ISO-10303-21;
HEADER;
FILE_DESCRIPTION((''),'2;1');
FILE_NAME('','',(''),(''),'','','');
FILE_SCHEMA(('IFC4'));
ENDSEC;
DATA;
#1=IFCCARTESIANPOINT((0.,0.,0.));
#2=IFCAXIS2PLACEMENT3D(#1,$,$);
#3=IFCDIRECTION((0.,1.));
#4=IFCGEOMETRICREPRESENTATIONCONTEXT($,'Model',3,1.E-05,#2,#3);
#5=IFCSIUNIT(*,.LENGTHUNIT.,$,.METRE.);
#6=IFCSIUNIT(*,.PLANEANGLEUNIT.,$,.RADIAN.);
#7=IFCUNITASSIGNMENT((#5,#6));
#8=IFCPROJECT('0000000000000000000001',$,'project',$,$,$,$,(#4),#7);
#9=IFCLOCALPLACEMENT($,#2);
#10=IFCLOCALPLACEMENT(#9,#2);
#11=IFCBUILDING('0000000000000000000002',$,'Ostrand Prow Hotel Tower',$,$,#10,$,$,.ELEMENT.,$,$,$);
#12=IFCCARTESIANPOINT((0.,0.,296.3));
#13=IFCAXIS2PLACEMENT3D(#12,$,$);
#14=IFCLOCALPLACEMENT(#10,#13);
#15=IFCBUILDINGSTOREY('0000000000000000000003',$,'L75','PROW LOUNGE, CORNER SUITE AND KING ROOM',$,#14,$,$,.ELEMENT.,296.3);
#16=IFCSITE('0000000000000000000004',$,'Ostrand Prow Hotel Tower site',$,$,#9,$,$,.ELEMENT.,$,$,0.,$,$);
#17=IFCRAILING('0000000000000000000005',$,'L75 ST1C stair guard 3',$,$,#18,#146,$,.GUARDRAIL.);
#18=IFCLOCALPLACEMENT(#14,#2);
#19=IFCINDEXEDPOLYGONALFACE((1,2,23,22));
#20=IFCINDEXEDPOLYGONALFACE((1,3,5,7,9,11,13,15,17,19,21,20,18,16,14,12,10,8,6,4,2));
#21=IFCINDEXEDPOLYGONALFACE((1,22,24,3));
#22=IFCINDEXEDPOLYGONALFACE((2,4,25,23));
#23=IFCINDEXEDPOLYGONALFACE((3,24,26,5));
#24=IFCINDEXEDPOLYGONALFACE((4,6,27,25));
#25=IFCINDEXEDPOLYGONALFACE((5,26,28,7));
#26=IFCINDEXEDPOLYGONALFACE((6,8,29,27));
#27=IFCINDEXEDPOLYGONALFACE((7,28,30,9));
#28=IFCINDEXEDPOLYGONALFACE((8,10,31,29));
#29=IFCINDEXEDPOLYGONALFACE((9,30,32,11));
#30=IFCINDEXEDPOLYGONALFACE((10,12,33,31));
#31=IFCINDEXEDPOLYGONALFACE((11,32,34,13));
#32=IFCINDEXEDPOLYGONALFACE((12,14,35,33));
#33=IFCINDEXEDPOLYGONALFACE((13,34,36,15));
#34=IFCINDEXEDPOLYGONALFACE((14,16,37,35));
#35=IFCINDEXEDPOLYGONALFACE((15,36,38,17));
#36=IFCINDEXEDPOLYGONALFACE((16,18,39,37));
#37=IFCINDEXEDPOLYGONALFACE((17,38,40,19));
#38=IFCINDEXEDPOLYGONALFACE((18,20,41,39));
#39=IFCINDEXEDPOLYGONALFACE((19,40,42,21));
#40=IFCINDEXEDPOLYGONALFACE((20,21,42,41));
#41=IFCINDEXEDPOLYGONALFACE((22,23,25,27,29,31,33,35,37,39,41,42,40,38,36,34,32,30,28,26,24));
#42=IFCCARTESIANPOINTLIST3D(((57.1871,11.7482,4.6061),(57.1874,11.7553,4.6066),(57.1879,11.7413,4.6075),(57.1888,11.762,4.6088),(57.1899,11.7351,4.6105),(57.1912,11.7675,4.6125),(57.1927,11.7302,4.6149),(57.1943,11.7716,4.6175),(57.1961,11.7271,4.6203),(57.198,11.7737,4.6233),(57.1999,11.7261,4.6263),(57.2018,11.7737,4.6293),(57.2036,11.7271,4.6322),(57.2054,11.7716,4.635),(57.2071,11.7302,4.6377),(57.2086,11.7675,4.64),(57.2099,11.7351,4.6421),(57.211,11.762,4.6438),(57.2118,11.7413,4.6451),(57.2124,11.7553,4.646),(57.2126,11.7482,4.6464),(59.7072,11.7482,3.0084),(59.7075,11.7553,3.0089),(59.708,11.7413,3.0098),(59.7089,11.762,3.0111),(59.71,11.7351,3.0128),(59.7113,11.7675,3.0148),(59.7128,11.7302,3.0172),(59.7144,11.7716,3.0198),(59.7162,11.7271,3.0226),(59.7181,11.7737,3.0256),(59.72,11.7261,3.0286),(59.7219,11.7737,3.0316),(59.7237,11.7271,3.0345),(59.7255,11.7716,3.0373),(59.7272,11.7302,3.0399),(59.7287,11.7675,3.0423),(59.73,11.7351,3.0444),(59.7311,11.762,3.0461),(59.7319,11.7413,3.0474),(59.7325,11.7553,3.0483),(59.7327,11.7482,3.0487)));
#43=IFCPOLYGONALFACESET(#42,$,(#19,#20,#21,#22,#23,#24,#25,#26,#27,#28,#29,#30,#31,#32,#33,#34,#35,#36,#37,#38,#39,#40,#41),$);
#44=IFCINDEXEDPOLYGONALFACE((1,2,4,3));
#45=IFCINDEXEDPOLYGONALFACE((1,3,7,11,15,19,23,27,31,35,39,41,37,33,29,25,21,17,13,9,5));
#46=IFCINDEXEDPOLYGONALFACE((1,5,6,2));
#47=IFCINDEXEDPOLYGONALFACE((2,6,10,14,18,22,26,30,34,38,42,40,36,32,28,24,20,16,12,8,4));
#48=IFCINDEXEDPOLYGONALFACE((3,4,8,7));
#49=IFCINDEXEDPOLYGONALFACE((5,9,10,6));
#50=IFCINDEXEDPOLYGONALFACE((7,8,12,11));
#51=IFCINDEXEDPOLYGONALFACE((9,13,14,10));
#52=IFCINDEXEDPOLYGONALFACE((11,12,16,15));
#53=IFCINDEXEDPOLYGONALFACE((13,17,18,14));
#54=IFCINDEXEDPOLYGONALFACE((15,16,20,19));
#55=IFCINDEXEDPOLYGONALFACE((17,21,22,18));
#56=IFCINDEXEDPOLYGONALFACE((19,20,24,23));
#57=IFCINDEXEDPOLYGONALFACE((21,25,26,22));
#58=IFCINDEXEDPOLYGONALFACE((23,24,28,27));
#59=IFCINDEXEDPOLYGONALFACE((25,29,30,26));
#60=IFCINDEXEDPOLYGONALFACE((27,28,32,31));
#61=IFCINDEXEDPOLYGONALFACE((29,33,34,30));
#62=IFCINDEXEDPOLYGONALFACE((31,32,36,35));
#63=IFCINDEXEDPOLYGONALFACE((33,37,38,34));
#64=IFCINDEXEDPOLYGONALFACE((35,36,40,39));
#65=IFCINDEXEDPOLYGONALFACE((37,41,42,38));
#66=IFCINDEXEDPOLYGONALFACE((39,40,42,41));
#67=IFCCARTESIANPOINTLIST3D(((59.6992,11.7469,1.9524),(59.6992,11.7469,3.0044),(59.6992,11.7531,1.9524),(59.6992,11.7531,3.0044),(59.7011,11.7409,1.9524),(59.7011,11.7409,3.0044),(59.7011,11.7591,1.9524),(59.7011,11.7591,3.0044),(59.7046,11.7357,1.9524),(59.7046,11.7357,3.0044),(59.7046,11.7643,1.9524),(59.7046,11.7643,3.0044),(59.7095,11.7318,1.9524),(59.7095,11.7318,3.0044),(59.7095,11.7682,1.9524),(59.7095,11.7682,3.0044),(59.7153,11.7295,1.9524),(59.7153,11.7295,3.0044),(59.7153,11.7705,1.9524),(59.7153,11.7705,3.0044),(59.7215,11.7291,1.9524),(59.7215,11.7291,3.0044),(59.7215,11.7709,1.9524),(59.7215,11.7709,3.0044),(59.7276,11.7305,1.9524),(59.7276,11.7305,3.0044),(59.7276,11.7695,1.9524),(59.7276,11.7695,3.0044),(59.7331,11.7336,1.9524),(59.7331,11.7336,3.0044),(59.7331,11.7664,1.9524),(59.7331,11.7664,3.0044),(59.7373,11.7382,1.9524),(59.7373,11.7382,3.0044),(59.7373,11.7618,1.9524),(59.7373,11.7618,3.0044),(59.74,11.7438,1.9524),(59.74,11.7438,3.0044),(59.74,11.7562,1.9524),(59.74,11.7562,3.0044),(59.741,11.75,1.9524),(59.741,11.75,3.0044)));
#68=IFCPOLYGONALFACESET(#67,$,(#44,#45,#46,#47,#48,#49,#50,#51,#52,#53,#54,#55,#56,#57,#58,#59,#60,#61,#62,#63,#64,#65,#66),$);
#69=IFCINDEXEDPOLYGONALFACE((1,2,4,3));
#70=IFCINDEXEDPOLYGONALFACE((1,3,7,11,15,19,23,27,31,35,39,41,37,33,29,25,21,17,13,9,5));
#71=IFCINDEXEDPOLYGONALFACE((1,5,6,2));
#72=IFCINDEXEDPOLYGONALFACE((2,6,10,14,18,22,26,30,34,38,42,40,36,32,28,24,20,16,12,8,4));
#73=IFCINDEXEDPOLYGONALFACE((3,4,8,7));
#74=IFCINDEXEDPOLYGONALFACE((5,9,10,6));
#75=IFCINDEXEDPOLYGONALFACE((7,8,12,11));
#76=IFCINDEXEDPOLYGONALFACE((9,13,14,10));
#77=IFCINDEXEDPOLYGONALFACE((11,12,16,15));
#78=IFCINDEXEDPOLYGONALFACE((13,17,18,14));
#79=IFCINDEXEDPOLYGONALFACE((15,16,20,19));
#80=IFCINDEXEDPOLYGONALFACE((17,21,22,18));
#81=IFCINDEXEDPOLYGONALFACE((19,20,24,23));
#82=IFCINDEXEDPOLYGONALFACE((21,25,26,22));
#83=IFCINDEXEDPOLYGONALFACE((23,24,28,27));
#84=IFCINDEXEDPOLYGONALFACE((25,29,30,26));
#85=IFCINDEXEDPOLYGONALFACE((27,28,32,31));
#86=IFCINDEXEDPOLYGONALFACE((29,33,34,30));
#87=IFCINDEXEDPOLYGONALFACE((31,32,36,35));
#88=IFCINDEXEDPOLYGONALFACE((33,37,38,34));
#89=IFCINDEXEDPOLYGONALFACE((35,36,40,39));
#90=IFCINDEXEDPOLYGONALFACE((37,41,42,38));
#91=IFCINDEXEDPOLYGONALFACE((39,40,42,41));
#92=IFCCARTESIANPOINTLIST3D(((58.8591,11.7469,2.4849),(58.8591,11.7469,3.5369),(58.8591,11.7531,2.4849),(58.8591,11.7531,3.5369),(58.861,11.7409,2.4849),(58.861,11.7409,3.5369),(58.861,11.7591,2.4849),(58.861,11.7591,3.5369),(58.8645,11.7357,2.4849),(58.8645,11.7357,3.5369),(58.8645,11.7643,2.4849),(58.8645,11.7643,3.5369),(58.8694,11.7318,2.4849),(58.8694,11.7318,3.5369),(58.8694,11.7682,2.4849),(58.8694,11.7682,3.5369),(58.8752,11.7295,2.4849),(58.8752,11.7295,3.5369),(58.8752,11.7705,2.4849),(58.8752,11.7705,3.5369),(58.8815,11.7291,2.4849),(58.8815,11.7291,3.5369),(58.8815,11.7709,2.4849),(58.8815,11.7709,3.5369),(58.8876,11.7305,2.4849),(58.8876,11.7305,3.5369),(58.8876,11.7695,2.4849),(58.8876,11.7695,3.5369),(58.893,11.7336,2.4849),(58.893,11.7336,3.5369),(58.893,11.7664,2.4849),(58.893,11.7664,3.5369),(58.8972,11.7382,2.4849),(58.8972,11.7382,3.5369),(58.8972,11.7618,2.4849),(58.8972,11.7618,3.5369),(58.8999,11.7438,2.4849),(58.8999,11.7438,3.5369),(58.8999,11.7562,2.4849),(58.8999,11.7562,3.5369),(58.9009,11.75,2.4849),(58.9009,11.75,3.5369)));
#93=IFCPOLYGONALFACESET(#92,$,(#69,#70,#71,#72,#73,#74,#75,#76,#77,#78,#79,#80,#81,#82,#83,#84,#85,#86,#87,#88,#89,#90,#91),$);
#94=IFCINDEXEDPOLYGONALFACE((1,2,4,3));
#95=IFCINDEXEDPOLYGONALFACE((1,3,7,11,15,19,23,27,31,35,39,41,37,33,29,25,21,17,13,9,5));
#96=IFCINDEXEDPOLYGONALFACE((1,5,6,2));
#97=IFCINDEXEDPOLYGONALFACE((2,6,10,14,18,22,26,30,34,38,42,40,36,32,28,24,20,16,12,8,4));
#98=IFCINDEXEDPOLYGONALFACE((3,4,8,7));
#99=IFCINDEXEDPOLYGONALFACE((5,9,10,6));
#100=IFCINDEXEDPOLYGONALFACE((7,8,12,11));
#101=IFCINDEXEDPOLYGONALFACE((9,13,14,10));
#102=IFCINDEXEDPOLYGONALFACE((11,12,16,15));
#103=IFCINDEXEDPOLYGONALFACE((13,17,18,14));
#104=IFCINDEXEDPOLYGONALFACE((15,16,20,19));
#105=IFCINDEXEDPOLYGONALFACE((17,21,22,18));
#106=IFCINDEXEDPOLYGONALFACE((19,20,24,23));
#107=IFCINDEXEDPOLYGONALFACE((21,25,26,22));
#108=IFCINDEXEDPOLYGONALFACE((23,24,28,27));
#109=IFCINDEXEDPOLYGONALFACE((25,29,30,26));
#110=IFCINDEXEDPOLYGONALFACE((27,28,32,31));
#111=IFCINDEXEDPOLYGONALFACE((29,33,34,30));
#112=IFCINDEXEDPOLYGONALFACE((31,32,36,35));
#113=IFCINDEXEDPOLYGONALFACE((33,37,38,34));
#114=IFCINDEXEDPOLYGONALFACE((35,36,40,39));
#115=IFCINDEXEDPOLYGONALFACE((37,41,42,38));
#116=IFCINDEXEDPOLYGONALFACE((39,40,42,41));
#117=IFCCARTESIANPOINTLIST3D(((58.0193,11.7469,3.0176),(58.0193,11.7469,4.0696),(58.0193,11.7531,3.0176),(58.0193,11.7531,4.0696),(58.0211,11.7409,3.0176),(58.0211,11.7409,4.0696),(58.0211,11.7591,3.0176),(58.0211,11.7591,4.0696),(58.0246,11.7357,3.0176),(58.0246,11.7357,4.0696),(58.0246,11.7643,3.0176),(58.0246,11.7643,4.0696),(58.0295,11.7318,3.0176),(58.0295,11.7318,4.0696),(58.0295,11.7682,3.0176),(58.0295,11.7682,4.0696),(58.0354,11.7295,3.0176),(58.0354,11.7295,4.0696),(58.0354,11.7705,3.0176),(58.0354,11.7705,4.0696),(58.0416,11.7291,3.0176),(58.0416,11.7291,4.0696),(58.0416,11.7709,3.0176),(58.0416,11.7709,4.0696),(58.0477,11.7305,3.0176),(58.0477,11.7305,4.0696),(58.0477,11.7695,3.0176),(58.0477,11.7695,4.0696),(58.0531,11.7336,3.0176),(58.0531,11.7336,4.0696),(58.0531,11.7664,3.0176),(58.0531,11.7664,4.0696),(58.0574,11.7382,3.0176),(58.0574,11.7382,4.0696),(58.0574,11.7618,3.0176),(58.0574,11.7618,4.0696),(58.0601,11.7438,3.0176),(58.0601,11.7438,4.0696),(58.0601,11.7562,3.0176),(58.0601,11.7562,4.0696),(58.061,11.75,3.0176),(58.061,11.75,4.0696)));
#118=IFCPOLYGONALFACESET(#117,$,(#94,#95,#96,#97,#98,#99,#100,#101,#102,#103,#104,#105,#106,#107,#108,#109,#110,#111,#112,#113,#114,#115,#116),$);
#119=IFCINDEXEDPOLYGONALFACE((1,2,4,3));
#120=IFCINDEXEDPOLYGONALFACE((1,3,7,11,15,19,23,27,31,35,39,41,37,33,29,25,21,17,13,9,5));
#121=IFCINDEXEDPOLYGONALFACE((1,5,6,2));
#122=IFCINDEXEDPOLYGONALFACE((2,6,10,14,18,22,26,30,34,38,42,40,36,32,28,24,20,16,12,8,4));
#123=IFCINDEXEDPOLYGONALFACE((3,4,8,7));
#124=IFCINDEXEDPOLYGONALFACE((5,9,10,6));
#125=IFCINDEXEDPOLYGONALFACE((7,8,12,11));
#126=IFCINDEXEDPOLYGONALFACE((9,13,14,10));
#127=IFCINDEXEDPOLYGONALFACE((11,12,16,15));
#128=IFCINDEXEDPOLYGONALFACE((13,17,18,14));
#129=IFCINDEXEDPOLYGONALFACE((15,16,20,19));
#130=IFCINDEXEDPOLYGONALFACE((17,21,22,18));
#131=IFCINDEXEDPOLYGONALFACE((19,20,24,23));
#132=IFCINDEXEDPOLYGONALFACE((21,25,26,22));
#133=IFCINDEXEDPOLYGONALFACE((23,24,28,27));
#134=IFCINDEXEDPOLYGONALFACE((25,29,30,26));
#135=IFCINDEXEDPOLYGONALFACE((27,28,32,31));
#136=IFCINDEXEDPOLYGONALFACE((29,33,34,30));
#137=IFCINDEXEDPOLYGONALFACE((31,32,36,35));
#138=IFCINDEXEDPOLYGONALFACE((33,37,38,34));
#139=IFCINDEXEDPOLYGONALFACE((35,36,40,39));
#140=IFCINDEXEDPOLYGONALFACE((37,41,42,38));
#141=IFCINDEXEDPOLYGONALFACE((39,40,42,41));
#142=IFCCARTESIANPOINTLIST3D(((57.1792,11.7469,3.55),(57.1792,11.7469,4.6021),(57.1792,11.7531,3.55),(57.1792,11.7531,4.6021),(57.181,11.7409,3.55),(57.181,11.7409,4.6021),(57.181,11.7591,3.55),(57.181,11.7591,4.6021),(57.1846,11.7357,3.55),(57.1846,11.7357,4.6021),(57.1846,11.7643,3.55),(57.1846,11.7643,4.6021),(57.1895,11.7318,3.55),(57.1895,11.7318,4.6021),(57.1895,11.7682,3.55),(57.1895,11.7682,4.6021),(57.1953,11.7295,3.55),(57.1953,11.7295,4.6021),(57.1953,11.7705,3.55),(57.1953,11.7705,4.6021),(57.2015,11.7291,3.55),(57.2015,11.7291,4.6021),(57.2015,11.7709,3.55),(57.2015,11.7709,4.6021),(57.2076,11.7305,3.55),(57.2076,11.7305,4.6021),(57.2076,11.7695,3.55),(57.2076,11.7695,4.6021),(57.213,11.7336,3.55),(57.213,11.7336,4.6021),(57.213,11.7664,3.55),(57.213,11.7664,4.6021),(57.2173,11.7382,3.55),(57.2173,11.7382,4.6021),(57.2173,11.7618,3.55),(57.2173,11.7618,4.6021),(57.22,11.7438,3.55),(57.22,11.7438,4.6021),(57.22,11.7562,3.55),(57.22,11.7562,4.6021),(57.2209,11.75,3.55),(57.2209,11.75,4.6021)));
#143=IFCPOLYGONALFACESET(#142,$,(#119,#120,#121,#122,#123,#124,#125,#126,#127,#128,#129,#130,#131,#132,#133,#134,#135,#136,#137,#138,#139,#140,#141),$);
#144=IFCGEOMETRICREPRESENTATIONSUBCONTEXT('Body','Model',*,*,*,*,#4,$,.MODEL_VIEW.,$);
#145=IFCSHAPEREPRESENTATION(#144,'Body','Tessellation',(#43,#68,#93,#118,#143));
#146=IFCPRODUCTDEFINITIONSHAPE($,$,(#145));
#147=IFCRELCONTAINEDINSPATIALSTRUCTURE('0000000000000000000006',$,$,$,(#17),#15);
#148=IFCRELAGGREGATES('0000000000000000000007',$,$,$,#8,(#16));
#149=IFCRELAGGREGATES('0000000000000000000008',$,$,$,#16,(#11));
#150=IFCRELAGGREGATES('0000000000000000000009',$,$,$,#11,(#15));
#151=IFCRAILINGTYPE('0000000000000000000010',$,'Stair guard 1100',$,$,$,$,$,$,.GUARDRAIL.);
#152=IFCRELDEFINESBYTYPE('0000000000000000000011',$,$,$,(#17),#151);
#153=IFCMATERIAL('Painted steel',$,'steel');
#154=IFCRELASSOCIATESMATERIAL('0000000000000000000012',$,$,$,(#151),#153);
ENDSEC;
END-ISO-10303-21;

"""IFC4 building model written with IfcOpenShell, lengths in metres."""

from ifc_helpers import new_model, si_unit, direction, frame, origin, origin_2d, place, context, subcontext, project, spatial, circle, extrude, material, type_object, element, save


model = new_model("IFC4")

# Units and contexts
model_context = context("Model", 3, precision=1e-05, world=origin(), true_north=direction((0.0, 1.0)))
body_context = subcontext(model_context, "Body", "Model", "MODEL_VIEW")
ifc_project = project(units=[si_unit("LENGTHUNIT", "METRE"), si_unit("PLANEANGLEUNIT", "RADIAN")], contexts=[model_context])

# Site, building, storey
site_placement = place(None, origin())
site = spatial("IfcSite", under=ifc_project, at=site_placement, Name="Ostrand Prow Hotel Tower site", CompositionType="ELEMENT", RefElevation=0.0)
building_placement = place(site_placement, origin())
building = spatial("IfcBuilding", under=site, at=building_placement, Name="Ostrand Prow Hotel Tower", CompositionType="ELEMENT")
storey_placement = place(building_placement, frame((0.0, 0.0, 296.3)))
storey = spatial("IfcBuildingStorey", under=building, at=storey_placement, Name="L75", Description="PROW LOUNGE, CORNER SUITE AND KING ROOM", CompositionType="ELEMENT", Elevation=296.3)

# Railing
ifc_material_1 = material(Name="Painted steel", Category="steel")
railing_type_1 = type_object("IfcRailingType", Name="Stair guard 1100", PredefinedType="GUARDRAIL", material=ifc_material_1)
railing_1_placement = place(storey_placement, frame((59.72, 11.75, 1.9524)))
element("IfcRailing", 1, at=railing_1_placement, inside=storey, type_object=railing_type_1, Name="L75 ST1C stair guard 3", PredefinedType="GUARDRAIL", context=body_context, shape_type="SweptSolid", body=[
    extrude(circle(Radius=0.0239, at=origin_2d()), frame((0.0, 0.0, 1.0762), z_axis=(-0.84457, 0.0, 0.535445), x_axis=(0.0, -1.0, 0.0)), (0.0, 0.0, 1.0), 2.9839),
    extrude(circle(Radius=0.021, at=origin_2d()), origin(), (0.0, 0.0, 1.0), 1.052),
    extrude(circle(Radius=0.021, at=origin_2d()), frame((-0.8401, 0.0, 0.5325)), (0.0, 0.0, 1.0), 1.052),
    extrude(circle(Radius=0.021, at=origin_2d()), frame((-1.6799, 0.0, 1.0652)), (0.0, 0.0, 1.0), 1.052),
    extrude(circle(Radius=0.021, at=origin_2d()), frame((-2.52, 0.0, 1.5977)), (0.0, 0.0, 1.0), 1.052),
])

save(model, "model.ifc")
